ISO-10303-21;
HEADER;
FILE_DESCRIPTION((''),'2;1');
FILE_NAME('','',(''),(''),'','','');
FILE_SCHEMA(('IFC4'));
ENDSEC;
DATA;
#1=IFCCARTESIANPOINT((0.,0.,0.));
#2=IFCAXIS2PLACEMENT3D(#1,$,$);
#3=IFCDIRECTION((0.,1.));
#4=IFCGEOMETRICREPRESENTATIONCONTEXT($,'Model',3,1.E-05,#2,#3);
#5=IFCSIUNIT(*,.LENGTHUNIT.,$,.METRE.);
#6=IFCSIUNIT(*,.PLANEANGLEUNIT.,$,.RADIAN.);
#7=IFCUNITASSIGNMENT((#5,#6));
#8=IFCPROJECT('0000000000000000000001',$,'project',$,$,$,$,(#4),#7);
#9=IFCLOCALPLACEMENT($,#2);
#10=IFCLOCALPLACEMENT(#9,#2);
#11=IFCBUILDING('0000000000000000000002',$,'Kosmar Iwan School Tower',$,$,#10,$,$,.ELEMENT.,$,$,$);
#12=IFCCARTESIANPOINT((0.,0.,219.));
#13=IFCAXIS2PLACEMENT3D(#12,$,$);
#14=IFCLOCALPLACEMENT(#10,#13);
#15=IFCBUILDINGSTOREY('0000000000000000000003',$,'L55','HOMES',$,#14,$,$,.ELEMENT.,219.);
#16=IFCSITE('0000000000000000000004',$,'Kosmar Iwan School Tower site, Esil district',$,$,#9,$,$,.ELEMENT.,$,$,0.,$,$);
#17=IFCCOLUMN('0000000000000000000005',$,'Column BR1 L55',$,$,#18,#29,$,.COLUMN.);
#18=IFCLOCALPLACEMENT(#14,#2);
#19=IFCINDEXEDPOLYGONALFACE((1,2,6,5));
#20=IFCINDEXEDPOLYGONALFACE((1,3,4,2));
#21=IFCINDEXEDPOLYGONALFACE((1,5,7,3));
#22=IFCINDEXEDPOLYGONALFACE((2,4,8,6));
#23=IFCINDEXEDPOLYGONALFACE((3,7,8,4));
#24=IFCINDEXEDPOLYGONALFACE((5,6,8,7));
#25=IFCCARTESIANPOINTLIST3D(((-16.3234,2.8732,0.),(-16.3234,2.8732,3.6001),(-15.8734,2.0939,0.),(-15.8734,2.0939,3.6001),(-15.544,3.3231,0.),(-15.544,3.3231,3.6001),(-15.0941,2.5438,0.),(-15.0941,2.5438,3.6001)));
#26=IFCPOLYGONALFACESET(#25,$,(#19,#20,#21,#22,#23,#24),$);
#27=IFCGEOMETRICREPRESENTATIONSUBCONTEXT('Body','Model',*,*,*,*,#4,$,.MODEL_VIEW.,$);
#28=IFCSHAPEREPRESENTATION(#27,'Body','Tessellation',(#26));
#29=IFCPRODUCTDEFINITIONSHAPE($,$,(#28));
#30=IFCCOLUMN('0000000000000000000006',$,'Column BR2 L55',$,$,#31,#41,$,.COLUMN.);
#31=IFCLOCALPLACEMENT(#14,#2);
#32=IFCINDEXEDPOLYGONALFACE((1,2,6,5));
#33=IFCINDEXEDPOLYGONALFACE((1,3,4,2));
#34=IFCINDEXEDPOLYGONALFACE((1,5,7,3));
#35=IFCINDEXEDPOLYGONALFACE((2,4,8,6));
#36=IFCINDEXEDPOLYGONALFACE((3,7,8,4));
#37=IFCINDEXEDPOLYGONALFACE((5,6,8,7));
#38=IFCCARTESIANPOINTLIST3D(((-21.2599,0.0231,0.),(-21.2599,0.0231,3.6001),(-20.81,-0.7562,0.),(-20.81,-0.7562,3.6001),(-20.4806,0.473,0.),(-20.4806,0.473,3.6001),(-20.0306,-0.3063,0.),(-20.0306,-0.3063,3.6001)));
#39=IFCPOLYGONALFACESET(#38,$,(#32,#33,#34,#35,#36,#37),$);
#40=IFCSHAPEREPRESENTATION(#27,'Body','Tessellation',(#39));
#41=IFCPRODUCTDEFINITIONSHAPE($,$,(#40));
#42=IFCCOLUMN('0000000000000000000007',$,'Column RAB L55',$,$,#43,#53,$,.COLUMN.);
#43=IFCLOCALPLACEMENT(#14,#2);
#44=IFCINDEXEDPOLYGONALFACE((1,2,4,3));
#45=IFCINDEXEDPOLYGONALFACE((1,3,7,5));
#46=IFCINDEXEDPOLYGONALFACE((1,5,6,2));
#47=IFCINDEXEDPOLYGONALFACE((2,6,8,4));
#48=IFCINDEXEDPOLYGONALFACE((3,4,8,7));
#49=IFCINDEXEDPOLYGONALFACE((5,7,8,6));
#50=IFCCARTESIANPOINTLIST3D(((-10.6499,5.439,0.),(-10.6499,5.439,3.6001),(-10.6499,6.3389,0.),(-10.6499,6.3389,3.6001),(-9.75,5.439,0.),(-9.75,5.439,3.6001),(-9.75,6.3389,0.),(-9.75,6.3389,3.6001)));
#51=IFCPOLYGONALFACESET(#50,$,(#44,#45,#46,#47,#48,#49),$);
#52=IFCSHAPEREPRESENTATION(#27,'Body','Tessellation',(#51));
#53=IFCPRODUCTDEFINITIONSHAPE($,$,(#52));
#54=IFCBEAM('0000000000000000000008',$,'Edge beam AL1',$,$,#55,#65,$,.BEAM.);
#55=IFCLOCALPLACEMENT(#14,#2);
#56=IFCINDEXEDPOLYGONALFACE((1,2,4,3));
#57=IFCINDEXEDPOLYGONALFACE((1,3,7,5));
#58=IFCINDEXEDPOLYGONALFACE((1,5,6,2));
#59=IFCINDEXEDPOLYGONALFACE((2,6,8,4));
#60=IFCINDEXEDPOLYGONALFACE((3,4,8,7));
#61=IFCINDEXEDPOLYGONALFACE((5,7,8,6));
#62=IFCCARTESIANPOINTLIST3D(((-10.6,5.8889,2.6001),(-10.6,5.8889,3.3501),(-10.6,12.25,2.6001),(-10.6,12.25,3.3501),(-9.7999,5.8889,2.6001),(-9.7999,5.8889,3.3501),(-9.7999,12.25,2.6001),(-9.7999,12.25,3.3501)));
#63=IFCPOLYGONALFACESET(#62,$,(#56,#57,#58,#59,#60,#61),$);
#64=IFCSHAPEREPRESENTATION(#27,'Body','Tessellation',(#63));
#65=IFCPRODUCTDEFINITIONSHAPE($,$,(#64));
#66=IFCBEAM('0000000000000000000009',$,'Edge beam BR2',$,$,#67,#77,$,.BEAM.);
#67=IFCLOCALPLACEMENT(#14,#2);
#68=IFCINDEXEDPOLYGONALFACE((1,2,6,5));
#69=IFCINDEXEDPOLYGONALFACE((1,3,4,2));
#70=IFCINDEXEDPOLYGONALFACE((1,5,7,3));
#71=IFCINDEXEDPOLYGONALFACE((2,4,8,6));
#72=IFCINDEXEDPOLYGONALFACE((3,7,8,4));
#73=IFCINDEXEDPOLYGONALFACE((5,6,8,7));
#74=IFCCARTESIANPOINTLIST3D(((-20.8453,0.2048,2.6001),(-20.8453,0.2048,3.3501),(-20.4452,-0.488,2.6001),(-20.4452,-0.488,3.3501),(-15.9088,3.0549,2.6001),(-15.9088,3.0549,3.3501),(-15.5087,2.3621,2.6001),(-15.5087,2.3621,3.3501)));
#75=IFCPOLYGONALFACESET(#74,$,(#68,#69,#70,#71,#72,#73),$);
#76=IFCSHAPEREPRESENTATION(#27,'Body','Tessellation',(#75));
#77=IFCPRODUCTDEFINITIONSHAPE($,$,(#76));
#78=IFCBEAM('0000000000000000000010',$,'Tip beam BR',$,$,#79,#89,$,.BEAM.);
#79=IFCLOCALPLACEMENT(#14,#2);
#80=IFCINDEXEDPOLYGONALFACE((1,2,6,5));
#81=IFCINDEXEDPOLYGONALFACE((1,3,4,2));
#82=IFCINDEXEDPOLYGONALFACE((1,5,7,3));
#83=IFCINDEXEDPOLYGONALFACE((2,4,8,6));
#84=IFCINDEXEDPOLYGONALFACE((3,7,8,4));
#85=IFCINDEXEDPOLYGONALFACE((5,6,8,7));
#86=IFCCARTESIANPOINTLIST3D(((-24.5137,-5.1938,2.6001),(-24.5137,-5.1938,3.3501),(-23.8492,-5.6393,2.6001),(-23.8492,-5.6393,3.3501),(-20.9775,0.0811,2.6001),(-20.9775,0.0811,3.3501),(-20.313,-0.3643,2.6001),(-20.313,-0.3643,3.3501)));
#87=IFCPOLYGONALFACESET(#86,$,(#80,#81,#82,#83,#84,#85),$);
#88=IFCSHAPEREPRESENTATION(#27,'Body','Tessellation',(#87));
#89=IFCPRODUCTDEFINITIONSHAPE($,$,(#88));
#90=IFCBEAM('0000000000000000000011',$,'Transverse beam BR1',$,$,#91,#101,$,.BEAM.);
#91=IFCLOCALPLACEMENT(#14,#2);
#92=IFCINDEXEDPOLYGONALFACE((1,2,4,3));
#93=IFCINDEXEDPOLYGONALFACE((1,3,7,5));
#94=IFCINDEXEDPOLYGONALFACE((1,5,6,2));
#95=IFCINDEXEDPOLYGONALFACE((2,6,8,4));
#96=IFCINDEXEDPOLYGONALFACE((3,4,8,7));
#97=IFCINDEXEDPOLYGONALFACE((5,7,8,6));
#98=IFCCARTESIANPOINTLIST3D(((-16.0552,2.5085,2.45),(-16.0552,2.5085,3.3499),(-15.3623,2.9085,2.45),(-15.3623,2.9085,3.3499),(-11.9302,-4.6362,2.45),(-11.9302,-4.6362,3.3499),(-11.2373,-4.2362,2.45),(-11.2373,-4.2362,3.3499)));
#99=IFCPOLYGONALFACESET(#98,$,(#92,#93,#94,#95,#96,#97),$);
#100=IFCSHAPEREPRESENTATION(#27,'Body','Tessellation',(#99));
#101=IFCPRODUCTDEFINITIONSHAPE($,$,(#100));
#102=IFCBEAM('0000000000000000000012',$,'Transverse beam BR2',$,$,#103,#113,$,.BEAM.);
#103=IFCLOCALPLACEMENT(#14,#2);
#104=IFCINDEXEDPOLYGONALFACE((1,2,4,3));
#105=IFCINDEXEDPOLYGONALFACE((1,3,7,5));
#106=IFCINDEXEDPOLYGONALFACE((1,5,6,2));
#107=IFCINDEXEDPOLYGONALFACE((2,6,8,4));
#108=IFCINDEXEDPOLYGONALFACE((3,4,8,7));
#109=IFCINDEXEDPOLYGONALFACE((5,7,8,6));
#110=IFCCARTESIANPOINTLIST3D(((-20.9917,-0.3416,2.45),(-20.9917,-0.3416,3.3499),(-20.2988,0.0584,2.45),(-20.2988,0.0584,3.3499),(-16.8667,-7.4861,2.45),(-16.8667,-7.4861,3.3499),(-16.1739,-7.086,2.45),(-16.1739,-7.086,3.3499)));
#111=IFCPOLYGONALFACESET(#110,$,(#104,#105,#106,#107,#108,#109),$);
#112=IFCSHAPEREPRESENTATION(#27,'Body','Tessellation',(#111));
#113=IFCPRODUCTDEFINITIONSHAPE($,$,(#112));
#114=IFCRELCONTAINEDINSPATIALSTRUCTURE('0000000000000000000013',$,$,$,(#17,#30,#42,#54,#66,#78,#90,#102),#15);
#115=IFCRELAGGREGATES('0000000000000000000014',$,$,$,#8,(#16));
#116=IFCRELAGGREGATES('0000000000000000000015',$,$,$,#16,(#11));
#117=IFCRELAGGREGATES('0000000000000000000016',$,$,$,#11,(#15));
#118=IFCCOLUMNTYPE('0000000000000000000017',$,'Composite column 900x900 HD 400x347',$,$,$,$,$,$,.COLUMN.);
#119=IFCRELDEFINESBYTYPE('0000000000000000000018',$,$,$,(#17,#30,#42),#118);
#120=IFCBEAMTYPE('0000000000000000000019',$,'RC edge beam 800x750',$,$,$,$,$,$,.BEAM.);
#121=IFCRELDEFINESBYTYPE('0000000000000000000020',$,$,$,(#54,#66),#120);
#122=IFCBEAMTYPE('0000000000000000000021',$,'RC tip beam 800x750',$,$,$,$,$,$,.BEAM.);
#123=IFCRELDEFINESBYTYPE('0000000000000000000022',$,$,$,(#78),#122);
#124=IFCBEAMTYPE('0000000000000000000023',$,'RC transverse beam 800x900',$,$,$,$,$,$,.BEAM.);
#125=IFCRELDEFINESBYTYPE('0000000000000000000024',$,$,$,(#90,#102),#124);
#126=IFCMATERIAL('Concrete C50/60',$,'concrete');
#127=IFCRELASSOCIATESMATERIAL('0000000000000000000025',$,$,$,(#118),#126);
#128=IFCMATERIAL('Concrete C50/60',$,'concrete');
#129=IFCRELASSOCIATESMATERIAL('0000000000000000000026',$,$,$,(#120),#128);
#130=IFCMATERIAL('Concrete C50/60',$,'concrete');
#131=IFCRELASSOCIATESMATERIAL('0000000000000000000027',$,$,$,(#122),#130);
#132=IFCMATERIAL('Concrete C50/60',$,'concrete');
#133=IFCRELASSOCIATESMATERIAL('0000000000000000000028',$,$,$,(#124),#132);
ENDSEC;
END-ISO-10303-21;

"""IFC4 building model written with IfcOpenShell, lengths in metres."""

from ifc_helpers import new_model, si_unit, direction, frame, origin, origin_2d, place, context, subcontext, project, spatial, rectangle, extrude, material, material_profile, profile_set, type_object, element, save


model = new_model("IFC4")

# Units and contexts
model_context = context("Model", 3, precision=1e-05, world=origin(), true_north=direction((0.0, 1.0)))
body_context = subcontext(model_context, "Body", "Model", "MODEL_VIEW")
ifc_project = project(units=[si_unit("LENGTHUNIT", "METRE"), si_unit("PLANEANGLEUNIT", "RADIAN")], contexts=[model_context])

# Site, building, storey
site_placement = place(None, origin())
site = spatial("IfcSite", under=ifc_project, at=site_placement, Name="Kosmar Iwan School Tower site, Esil district", CompositionType="ELEMENT", RefElevation=0.0)
building_placement = place(site_placement, origin())
building = spatial("IfcBuilding", under=site, at=building_placement, Name="Kosmar Iwan School Tower", CompositionType="ELEMENT")
storey_placement = place(building_placement, frame((0.0, 0.0, 219.0)))
storey = spatial("IfcBuildingStorey", under=building, at=storey_placement, Name="L55", Description="HOMES", CompositionType="ELEMENT", Elevation=219.0)

# Columns
ifc_material_1 = material(Name="Concrete C50/60", Category="concrete")
ifc_material_profile_1 = material_profile(ifc_material_1, rectangle(XDim=0.8999, YDim=0.8999, at=origin_2d()), Name="RC 900x900 + HD 400x347")
ifc_profile_set_1 = profile_set([ifc_material_profile_1], Name="Concrete C50/60")
column_type = type_object("IfcColumnType", Name="Composite column 900x900 HD 400x347", PredefinedType="COLUMN", material=ifc_profile_set_1)
for number, where, z_axis, x_axis, name in (
    (1, (-15.7087, 2.7085, 0.0), (0.0, 0.0, 1.0), (-0.866025, -0.5, 0.0), "Column BR1 L55"),
    (2, (-20.6453, -0.1416, 0.0), (0.0, 0.0, 1.0), (-0.866025, -0.5, 0.0), "Column BR2 L55"),
    (3, (-10.2, 5.8889, 0.0), (0.0, 0.0, 1.0), (1.0, 0.0, 0.0), "Column RAB L55"),
):
    element("IfcColumn", number, at=place(storey_placement, frame(where, z_axis=z_axis, x_axis=x_axis)), inside=storey, type_object=column_type, Name=name, PredefinedType="COLUMN", context=body_context, shape_type="SweptSolid", body=[
        extrude(rectangle(XDim=0.8999, YDim=0.8999, at=origin_2d()), origin(), (0.0, 0.0, 1.0), 3.6001),
    ])

# Beams
ifc_material_2 = material(Name="Concrete C50/60", Category="concrete")
ifc_material_profile_2 = material_profile(ifc_material_2, rectangle(XDim=0.8, YDim=0.75, at=origin_2d()), Name="RC 800x750")
ifc_profile_set_2 = profile_set([ifc_material_profile_2], Name="Concrete C50/60")
beam_type_1 = type_object("IfcBeamType", Name="RC edge beam 800x750", PredefinedType="BEAM", material=ifc_profile_set_2)
beam_1_placement = place(storey_placement, frame((-10.2, 5.8889, 2.9751), z_axis=(0.0, 1.0, 0.0), x_axis=(-1.0, 0.0, 0.0)))
element("IfcBeam", 4, at=beam_1_placement, inside=storey, type_object=beam_type_1, Name="Edge beam AL1", PredefinedType="BEAM", context=body_context, shape_type="SweptSolid", body=[
    extrude(rectangle(XDim=0.8, YDim=0.75, at=origin_2d()), origin(), (0.0, 0.0, 1.0), 6.3611),
])
beam_2_placement = place(storey_placement, frame((-15.7087, 2.7085, 2.9751), z_axis=(-0.866026, -0.499999, 0.0), x_axis=(0.499999, -0.866026, 0.0)))
element("IfcBeam", 5, at=beam_2_placement, inside=storey, type_object=beam_type_1, Name="Edge beam BR2", PredefinedType="BEAM", context=body_context, shape_type="SweptSolid", body=[
    extrude(rectangle(XDim=0.8, YDim=0.75, at=origin_2d()), origin(), (0.0, 0.0, 1.0), 5.7002),
])
ifc_material_3 = material(Name="Concrete C50/60", Category="concrete")
ifc_material_profile_3 = material_profile(ifc_material_3, rectangle(XDim=0.8, YDim=0.75, at=origin_2d()), Name="RC 800x750")
ifc_profile_set_3 = profile_set([ifc_material_profile_3], Name="Concrete C50/60")
beam_type_2 = type_object("IfcBeamType", Name="RC tip beam 800x750", PredefinedType="BEAM", material=ifc_profile_set_3)
beam_3_placement = place(storey_placement, frame((-20.6453, -0.1416, 2.9751), z_axis=(-0.556828, -0.830628, 0.0), x_axis=(0.830628, -0.556828, 0.0)))
element("IfcBeam", 6, at=beam_3_placement, inside=storey, type_object=beam_type_2, Name="Tip beam BR", PredefinedType="BEAM", context=body_context, shape_type="SweptSolid", body=[
    extrude(rectangle(XDim=0.8, YDim=0.75, at=origin_2d()), origin(), (0.0, 0.0, 1.0), 6.3506),
])
ifc_material_4 = material(Name="Concrete C50/60", Category="concrete")
ifc_material_profile_4 = material_profile(ifc_material_4, rectangle(XDim=0.8, YDim=0.8999, at=origin_2d()), Name="RC 800x900")
ifc_profile_set_4 = profile_set([ifc_material_profile_4], Name="Concrete C50/60")
beam_type_3 = type_object("IfcBeamType", Name="RC transverse beam 800x900", PredefinedType="BEAM", material=ifc_profile_set_4)
beam_4_placement = place(storey_placement, frame((-15.7087, 2.7085, 2.8999), z_axis=(0.499997, -0.866027, 0.0), x_axis=(0.866027, 0.499997, 0.0)))
element("IfcBeam", 7, at=beam_4_placement, inside=storey, type_object=beam_type_3, Name="Transverse beam BR1", PredefinedType="BEAM", context=body_context, shape_type="SweptSolid", body=[
    extrude(rectangle(XDim=0.8, YDim=0.8999, at=origin_2d()), origin(), (0.0, 0.0, 1.0), 8.25),
])
beam_5_placement = place(storey_placement, frame((-20.6453, -0.1416, 2.8999), z_axis=(0.500009, -0.86602, 0.0), x_axis=(0.86602, 0.500009, 0.0)))
element("IfcBeam", 8, at=beam_5_placement, inside=storey, type_object=beam_type_3, Name="Transverse beam BR2", PredefinedType="BEAM", context=body_context, shape_type="SweptSolid", body=[
    extrude(rectangle(XDim=0.8, YDim=0.8999, at=origin_2d()), origin(), (0.0, 0.0, 1.0), 8.2498),
])

save(model, "model.ifc")
